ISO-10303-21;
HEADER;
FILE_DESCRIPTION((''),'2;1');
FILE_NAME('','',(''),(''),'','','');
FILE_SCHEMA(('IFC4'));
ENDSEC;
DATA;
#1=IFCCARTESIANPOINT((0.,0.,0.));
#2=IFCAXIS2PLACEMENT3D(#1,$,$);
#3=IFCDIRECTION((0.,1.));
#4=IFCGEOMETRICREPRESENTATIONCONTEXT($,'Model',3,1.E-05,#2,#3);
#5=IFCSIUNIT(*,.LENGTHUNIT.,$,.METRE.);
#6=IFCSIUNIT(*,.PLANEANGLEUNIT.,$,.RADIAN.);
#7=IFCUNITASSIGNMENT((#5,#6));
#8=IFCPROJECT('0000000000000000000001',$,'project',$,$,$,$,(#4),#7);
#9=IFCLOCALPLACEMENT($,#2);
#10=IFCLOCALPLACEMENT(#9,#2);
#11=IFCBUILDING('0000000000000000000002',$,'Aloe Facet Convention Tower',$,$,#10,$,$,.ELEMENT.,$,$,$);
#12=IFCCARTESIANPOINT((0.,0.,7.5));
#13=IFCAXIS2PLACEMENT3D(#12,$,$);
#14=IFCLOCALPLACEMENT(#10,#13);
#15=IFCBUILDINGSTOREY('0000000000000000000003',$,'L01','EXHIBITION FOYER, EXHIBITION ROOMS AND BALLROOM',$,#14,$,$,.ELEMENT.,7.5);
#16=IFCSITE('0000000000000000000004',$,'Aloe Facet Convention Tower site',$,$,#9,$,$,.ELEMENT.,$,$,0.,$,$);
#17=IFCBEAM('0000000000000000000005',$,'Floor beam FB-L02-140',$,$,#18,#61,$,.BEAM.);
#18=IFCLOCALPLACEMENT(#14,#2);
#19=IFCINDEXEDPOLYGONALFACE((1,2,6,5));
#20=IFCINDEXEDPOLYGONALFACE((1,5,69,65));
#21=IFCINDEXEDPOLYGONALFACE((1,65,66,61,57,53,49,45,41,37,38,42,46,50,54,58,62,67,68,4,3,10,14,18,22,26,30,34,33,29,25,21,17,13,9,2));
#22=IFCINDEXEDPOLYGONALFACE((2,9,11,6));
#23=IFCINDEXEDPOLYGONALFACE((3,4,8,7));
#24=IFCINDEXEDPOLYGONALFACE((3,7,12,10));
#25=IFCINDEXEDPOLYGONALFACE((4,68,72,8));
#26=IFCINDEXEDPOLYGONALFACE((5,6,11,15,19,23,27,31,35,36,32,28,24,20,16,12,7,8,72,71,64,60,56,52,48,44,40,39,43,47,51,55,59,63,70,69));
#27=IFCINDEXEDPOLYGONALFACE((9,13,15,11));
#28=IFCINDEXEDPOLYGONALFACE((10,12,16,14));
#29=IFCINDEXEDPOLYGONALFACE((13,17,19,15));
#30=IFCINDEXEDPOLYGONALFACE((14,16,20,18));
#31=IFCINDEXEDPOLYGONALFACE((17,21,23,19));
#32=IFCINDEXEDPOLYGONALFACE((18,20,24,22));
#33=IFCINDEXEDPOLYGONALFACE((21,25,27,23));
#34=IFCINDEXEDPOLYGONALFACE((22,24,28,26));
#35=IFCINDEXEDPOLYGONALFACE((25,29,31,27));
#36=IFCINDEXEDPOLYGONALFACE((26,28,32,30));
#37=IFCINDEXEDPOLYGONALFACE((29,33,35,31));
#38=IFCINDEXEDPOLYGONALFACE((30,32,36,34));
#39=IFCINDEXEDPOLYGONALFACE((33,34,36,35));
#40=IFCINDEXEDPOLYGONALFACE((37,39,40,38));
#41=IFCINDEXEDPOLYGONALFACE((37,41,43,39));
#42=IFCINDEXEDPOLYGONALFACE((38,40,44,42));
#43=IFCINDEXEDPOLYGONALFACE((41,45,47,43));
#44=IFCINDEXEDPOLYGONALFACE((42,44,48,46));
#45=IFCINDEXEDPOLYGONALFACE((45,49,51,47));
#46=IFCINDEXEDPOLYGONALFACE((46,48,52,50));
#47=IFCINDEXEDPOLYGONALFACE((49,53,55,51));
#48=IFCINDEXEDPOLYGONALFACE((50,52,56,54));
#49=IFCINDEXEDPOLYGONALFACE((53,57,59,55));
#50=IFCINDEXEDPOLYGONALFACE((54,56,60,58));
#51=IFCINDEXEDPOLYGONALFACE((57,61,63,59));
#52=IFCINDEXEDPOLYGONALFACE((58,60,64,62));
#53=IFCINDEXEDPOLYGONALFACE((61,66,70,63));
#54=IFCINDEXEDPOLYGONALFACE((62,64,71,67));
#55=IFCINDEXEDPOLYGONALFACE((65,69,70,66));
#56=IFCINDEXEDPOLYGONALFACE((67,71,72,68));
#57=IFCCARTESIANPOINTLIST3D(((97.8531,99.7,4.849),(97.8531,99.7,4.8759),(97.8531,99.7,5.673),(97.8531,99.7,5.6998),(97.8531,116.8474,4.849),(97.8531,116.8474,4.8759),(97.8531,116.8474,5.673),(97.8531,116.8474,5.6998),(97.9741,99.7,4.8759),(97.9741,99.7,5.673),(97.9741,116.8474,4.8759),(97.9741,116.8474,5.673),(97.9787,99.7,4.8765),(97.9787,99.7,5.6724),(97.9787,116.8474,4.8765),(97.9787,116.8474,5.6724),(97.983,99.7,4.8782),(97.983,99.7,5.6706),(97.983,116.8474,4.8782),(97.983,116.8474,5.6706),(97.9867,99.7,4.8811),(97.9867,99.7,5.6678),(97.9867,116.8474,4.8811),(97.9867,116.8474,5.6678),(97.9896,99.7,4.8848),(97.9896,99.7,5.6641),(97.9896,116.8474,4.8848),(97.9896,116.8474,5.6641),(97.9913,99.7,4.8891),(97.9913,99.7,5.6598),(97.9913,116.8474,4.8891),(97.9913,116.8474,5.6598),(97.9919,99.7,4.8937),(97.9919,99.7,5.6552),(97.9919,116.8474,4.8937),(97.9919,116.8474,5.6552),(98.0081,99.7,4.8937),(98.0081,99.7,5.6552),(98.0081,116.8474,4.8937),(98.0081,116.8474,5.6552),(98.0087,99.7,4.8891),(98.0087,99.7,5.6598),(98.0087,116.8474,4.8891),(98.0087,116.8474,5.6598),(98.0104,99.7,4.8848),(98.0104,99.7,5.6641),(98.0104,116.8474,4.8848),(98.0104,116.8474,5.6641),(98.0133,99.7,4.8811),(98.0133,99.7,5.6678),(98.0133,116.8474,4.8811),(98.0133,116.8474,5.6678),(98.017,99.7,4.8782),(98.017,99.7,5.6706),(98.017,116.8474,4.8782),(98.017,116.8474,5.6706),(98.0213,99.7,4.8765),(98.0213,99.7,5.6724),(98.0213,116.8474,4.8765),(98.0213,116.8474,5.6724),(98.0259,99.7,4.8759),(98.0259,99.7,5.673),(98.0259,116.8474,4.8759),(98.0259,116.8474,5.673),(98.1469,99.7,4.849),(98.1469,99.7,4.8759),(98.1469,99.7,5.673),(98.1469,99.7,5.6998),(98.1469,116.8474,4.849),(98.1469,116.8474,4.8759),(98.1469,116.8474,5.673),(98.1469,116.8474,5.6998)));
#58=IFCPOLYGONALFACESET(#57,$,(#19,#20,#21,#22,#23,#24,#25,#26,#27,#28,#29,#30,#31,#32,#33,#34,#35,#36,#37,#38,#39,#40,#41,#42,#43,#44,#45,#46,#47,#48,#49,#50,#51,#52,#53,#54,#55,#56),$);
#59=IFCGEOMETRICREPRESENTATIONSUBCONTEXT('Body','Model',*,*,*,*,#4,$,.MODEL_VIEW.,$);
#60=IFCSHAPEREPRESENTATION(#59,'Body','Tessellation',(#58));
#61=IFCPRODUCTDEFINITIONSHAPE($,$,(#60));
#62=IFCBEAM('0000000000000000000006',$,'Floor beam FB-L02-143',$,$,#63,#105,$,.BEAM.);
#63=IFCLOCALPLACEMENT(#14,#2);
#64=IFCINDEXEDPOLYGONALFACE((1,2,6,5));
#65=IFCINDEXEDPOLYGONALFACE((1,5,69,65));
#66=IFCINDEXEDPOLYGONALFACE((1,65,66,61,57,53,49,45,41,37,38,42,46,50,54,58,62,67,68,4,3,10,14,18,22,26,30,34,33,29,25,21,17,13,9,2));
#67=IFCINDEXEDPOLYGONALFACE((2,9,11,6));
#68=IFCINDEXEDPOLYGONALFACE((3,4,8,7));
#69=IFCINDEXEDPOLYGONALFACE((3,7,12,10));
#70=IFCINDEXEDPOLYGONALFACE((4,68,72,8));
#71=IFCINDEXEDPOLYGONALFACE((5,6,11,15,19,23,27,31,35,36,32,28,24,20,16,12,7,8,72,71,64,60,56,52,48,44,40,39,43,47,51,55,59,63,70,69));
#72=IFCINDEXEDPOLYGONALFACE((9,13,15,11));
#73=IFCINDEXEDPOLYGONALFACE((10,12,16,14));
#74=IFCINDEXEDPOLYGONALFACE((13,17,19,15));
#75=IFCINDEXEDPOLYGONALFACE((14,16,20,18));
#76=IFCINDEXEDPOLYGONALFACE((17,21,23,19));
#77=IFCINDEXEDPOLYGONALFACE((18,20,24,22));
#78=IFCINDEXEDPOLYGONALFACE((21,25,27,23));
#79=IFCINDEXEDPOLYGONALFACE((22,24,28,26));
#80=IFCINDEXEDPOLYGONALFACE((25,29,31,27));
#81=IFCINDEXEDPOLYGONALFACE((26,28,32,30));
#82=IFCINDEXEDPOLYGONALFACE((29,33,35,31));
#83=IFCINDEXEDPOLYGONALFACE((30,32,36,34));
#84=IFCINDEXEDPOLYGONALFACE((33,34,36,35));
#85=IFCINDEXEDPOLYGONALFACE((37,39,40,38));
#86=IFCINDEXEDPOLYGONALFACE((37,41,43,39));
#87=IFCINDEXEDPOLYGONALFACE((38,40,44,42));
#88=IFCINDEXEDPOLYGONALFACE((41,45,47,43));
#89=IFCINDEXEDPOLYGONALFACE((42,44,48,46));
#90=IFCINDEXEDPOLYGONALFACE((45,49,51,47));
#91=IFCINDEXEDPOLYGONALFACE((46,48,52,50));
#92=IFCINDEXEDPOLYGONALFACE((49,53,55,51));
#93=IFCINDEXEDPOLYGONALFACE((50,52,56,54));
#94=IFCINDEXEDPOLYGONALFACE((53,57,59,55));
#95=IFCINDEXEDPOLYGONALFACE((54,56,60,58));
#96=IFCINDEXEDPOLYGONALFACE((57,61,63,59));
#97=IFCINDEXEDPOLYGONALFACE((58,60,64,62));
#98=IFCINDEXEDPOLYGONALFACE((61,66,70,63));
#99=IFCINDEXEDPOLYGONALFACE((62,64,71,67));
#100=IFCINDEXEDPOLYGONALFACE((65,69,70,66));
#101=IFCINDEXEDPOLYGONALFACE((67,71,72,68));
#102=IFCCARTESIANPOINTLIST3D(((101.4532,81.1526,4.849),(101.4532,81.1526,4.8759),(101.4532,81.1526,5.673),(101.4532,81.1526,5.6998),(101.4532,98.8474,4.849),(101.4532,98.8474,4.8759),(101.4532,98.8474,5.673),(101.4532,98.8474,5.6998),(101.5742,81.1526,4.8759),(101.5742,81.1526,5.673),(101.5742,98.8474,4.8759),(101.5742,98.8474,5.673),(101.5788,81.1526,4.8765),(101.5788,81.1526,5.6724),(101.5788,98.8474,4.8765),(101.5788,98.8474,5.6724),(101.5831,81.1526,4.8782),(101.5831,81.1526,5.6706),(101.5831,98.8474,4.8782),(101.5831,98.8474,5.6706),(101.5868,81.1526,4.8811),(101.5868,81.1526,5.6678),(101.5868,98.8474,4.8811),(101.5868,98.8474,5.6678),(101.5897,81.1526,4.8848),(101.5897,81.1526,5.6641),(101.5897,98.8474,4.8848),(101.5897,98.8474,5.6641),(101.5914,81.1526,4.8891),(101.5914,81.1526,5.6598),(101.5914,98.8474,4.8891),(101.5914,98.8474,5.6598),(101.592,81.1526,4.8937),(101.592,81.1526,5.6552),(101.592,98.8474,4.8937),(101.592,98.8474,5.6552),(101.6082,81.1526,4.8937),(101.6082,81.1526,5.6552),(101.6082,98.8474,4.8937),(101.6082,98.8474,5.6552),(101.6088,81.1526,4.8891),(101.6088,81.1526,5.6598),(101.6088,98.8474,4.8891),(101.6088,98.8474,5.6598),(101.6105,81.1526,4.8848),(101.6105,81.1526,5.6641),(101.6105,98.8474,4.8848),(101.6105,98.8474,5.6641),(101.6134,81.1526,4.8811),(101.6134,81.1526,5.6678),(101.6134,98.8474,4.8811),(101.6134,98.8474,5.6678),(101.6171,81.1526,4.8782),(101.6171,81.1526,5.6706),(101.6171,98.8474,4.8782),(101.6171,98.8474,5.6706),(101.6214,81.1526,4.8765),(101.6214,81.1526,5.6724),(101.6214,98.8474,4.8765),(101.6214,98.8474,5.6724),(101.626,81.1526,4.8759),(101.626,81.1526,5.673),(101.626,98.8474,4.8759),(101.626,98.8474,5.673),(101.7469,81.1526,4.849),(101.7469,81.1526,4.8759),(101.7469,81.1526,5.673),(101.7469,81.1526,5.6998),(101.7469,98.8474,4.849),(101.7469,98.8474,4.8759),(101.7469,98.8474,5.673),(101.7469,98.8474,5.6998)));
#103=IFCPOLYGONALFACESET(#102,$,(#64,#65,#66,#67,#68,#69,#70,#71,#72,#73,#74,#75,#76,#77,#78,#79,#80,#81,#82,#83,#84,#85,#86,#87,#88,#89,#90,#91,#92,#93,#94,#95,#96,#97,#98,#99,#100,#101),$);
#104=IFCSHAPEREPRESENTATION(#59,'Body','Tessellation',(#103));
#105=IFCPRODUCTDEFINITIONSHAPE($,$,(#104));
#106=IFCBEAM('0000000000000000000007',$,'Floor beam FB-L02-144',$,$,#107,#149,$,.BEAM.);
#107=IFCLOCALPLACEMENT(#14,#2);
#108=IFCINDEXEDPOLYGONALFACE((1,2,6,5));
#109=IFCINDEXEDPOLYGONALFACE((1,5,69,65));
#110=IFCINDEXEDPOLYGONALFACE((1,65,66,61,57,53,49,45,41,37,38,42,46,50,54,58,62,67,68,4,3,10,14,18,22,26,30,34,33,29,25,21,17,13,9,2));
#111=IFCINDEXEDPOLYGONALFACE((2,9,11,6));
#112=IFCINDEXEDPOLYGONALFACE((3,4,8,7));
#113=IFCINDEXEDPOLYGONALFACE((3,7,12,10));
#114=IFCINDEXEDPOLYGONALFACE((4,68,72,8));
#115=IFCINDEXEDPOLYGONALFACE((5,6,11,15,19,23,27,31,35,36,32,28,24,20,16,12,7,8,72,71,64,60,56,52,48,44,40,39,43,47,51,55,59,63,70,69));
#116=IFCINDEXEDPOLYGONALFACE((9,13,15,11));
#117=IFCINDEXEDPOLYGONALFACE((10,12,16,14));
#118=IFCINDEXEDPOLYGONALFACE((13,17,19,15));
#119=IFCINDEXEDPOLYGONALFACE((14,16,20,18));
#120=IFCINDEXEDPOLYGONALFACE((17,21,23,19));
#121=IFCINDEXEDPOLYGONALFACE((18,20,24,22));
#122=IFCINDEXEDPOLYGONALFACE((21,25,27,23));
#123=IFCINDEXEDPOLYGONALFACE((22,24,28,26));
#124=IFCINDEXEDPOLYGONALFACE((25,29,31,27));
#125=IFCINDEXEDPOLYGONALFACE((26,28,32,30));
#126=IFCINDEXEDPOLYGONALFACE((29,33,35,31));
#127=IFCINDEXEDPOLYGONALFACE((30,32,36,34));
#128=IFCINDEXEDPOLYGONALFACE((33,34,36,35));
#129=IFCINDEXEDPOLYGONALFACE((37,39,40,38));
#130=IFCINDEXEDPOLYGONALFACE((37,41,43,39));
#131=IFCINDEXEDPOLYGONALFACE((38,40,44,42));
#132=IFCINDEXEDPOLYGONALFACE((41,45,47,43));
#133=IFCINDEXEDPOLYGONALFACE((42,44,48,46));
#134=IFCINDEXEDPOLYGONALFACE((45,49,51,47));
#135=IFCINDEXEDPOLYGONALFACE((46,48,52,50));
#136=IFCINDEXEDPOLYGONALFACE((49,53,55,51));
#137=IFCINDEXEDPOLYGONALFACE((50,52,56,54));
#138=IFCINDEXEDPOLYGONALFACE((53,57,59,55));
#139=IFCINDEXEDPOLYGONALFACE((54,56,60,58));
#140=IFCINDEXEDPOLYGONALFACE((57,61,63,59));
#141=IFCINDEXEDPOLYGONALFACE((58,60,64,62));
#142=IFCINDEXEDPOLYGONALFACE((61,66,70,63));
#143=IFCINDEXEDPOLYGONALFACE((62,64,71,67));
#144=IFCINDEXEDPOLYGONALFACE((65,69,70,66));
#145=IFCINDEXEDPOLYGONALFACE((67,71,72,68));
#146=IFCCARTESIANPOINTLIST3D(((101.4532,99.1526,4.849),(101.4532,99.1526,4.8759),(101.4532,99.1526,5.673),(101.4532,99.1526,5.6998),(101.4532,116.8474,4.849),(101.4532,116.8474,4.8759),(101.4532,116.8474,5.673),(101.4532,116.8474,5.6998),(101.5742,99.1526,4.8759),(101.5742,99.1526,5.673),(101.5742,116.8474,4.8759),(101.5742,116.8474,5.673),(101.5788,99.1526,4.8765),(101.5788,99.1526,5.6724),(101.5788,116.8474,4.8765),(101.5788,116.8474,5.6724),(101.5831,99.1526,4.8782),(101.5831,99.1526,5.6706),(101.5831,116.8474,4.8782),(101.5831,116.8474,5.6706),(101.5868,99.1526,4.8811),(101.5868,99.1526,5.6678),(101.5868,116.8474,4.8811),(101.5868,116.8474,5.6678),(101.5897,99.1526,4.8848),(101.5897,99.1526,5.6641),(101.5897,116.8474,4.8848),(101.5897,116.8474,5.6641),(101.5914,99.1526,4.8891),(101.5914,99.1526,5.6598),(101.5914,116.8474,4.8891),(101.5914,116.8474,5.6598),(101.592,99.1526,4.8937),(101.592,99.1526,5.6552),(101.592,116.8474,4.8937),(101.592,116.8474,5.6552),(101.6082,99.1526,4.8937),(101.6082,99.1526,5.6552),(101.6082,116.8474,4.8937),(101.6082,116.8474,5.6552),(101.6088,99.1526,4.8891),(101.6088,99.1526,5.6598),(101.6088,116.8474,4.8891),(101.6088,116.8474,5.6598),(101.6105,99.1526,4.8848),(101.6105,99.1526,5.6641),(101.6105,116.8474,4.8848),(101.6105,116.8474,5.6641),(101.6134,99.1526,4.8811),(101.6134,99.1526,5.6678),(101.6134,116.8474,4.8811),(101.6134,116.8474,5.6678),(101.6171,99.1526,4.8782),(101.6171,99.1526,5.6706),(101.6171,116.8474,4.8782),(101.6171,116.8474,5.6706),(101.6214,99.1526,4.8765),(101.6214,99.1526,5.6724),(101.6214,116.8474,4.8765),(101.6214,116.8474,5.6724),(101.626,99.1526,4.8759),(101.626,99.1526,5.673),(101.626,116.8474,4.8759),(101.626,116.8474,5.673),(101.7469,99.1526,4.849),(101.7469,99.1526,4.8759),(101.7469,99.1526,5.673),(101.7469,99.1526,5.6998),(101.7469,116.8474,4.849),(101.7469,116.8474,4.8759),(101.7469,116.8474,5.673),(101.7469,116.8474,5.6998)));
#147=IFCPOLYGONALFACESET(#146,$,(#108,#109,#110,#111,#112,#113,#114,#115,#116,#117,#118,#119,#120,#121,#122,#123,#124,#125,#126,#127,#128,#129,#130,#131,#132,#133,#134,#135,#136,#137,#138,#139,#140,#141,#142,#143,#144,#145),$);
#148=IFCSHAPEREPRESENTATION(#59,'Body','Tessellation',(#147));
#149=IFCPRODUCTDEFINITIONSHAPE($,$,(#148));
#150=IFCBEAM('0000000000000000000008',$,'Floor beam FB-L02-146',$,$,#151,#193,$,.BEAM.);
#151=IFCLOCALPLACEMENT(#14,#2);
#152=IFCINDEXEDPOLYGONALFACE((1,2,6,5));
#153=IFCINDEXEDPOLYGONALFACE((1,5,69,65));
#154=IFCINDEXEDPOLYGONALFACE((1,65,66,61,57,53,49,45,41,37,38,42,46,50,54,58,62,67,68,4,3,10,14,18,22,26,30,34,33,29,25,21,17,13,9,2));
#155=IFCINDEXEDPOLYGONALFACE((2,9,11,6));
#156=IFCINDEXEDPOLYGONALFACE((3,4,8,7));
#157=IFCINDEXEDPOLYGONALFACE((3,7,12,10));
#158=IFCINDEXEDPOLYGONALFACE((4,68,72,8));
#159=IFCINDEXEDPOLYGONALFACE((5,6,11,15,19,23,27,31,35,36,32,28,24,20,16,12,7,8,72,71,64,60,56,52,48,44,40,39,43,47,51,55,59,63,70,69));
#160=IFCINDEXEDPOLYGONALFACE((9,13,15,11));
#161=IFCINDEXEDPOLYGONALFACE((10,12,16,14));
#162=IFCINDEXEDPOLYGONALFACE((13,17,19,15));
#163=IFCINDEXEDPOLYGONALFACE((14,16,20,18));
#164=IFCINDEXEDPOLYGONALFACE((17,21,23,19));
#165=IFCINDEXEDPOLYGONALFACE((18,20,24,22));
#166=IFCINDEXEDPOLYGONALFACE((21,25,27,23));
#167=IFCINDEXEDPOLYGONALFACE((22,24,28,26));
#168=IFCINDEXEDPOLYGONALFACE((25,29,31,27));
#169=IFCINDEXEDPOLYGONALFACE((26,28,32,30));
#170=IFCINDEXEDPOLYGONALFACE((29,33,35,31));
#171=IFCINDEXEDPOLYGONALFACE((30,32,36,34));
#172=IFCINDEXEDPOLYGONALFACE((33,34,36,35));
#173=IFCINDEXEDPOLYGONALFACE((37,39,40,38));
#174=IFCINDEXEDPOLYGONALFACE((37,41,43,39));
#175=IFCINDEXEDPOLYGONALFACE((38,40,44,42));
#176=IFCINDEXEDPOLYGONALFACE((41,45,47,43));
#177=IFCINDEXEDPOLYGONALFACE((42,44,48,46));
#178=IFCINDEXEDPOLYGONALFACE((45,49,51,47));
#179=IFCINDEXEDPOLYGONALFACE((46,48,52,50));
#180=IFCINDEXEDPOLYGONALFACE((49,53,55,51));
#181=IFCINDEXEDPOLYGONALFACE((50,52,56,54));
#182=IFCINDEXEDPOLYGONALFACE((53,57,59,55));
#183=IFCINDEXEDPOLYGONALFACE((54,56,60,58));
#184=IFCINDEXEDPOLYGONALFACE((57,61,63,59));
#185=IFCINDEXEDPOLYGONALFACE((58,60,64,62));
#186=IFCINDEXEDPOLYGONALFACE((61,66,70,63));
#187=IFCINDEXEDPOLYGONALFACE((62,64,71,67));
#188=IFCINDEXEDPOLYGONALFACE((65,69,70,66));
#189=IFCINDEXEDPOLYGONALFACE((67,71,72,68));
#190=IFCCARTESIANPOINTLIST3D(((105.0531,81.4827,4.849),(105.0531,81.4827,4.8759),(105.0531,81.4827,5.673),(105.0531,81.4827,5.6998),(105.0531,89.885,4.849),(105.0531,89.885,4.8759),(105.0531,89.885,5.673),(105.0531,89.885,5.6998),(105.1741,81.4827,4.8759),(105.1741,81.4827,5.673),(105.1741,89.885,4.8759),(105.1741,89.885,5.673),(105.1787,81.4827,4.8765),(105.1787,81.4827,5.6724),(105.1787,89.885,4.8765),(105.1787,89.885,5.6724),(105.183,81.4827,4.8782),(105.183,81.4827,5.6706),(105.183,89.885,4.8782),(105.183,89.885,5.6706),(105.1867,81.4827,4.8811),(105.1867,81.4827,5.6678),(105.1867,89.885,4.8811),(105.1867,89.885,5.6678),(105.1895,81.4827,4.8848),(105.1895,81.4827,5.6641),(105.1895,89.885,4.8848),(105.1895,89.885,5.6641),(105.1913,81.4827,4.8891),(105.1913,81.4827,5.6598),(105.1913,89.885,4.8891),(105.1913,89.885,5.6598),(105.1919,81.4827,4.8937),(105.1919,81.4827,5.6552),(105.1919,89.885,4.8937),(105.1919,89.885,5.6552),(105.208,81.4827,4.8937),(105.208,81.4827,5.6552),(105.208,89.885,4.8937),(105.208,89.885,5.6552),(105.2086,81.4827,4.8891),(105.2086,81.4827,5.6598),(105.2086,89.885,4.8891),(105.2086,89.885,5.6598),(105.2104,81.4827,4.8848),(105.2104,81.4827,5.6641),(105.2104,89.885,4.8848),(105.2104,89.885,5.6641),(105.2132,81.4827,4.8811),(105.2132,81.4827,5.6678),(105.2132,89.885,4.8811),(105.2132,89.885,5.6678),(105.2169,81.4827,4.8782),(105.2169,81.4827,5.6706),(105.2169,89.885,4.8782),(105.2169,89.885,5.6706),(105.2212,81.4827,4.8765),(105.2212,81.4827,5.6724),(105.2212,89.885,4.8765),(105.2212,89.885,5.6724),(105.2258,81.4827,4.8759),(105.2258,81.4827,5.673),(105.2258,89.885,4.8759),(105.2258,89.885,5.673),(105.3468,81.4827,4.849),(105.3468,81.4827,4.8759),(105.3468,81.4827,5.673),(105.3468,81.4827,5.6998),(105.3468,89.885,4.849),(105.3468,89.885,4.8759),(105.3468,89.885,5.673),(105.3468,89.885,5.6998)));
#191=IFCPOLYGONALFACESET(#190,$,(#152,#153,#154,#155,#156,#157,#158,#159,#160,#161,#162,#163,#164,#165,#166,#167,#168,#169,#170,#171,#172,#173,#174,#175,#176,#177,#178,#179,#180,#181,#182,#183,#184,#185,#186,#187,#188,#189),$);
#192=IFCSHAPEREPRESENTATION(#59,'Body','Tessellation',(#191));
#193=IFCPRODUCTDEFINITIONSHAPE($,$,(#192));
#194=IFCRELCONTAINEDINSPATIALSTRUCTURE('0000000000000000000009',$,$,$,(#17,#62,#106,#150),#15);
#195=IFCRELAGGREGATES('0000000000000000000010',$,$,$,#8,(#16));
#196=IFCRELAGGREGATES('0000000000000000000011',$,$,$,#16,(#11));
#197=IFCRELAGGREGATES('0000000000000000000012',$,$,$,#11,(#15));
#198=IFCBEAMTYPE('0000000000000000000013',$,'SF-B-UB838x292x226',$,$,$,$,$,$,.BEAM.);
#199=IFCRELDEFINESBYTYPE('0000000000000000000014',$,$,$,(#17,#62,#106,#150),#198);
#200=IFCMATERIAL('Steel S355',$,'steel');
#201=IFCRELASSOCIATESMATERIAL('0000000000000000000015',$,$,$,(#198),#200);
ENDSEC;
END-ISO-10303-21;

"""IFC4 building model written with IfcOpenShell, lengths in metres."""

from ifc_helpers import new_model, si_unit, direction, frame, origin, origin_2d, place, context, subcontext, project, spatial, i_section, extrude, material, material_profile, profile_set, type_object, element, save


model = new_model("IFC4")

# Units and contexts
model_context = context("Model", 3, precision=1e-05, world=origin(), true_north=direction((0.0, 1.0)))
body_context = subcontext(model_context, "Body", "Model", "MODEL_VIEW")
ifc_project = project(units=[si_unit("LENGTHUNIT", "METRE"), si_unit("PLANEANGLEUNIT", "RADIAN")], contexts=[model_context])

# Site, building, storey
site_placement = place(None, origin())
site = spatial("IfcSite", under=ifc_project, at=site_placement, Name="Aloe Facet Convention Tower site", CompositionType="ELEMENT", RefElevation=0.0)
building_placement = place(site_placement, origin())
building = spatial("IfcBuilding", under=site, at=building_placement, Name="Aloe Facet Convention Tower", CompositionType="ELEMENT")
storey_placement = place(building_placement, frame((0.0, 0.0, 7.5)))
storey = spatial("IfcBuildingStorey", under=building, at=storey_placement, Name="L01", Description="EXHIBITION FOYER, EXHIBITION ROOMS AND BALLROOM", CompositionType="ELEMENT", Elevation=7.5)

# Beams
ifc_material_1 = material(Name="Steel S355", Category="steel")
ifc_material_profile_1 = material_profile(ifc_material_1, i_section(OverallWidth=0.2937, OverallDepth=0.8508, WebThickness=0.0161, FlangeThickness=0.0269, FilletRadius=0.0178, at=origin_2d()), Name="UB 838x292x226")
ifc_profile_set_1 = profile_set([ifc_material_profile_1], Name="Steel S355")
beam_type_1 = type_object("IfcBeamType", Name="SF-B-UB838x292x226", PredefinedType="BEAM", material=ifc_profile_set_1)
beam_1_placement = place(storey_placement, frame((98.0, 99.7, 5.2744), z_axis=(0.0, 1.0, 0.0), x_axis=(-1.0, 0.0, 0.0)))
element("IfcBeam", 1, at=beam_1_placement, inside=storey, type_object=beam_type_1, Name="Floor beam FB-L02-140", PredefinedType="BEAM", context=body_context, shape_type="SweptSolid", body=[
    extrude(i_section(OverallWidth=0.2937, OverallDepth=0.8508, WebThickness=0.0161, FlangeThickness=0.0269, FilletRadius=0.0178, at=origin_2d()), origin(), (0.0, 0.0, 1.0), 17.1475),
])
for number, where, z_axis, x_axis, name in (
    (2, (101.6001, 81.1526, 5.2744), (0.0, 1.0, 0.0), (-1.0, 0.0, 0.0), "Floor beam FB-L02-143"),
    (3, (101.6001, 99.1526, 5.2744), (0.0, 1.0, 0.0), (-1.0, 0.0, 0.0), "Floor beam FB-L02-144"),
):
    element("IfcBeam", number, at=place(storey_placement, frame(where, z_axis=z_axis, x_axis=x_axis)), inside=storey, type_object=beam_type_1, Name=name, PredefinedType="BEAM", context=body_context, shape_type="SweptSolid", body=[
        extrude(i_section(OverallWidth=0.2937, OverallDepth=0.8508, WebThickness=0.0161, FlangeThickness=0.0269, FilletRadius=0.0178, at=origin_2d()), origin(), (0.0, 0.0, 1.0), 17.6948),
    ])
beam_2_placement = place(storey_placement, frame((105.2, 81.4827, 5.2744), z_axis=(0.0, 1.0, 0.0), x_axis=(-1.0, 0.0, 0.0)))
element("IfcBeam", 4, at=beam_2_placement, inside=storey, type_object=beam_type_1, Name="Floor beam FB-L02-146", PredefinedType="BEAM", context=body_context, shape_type="SweptSolid", body=[
    extrude(i_section(OverallWidth=0.2937, OverallDepth=0.8508, WebThickness=0.0161, FlangeThickness=0.0269, FilletRadius=0.0178, at=origin_2d()), origin(), (0.0, 0.0, 1.0), 8.4023),
])

save(model, "model.ifc")
